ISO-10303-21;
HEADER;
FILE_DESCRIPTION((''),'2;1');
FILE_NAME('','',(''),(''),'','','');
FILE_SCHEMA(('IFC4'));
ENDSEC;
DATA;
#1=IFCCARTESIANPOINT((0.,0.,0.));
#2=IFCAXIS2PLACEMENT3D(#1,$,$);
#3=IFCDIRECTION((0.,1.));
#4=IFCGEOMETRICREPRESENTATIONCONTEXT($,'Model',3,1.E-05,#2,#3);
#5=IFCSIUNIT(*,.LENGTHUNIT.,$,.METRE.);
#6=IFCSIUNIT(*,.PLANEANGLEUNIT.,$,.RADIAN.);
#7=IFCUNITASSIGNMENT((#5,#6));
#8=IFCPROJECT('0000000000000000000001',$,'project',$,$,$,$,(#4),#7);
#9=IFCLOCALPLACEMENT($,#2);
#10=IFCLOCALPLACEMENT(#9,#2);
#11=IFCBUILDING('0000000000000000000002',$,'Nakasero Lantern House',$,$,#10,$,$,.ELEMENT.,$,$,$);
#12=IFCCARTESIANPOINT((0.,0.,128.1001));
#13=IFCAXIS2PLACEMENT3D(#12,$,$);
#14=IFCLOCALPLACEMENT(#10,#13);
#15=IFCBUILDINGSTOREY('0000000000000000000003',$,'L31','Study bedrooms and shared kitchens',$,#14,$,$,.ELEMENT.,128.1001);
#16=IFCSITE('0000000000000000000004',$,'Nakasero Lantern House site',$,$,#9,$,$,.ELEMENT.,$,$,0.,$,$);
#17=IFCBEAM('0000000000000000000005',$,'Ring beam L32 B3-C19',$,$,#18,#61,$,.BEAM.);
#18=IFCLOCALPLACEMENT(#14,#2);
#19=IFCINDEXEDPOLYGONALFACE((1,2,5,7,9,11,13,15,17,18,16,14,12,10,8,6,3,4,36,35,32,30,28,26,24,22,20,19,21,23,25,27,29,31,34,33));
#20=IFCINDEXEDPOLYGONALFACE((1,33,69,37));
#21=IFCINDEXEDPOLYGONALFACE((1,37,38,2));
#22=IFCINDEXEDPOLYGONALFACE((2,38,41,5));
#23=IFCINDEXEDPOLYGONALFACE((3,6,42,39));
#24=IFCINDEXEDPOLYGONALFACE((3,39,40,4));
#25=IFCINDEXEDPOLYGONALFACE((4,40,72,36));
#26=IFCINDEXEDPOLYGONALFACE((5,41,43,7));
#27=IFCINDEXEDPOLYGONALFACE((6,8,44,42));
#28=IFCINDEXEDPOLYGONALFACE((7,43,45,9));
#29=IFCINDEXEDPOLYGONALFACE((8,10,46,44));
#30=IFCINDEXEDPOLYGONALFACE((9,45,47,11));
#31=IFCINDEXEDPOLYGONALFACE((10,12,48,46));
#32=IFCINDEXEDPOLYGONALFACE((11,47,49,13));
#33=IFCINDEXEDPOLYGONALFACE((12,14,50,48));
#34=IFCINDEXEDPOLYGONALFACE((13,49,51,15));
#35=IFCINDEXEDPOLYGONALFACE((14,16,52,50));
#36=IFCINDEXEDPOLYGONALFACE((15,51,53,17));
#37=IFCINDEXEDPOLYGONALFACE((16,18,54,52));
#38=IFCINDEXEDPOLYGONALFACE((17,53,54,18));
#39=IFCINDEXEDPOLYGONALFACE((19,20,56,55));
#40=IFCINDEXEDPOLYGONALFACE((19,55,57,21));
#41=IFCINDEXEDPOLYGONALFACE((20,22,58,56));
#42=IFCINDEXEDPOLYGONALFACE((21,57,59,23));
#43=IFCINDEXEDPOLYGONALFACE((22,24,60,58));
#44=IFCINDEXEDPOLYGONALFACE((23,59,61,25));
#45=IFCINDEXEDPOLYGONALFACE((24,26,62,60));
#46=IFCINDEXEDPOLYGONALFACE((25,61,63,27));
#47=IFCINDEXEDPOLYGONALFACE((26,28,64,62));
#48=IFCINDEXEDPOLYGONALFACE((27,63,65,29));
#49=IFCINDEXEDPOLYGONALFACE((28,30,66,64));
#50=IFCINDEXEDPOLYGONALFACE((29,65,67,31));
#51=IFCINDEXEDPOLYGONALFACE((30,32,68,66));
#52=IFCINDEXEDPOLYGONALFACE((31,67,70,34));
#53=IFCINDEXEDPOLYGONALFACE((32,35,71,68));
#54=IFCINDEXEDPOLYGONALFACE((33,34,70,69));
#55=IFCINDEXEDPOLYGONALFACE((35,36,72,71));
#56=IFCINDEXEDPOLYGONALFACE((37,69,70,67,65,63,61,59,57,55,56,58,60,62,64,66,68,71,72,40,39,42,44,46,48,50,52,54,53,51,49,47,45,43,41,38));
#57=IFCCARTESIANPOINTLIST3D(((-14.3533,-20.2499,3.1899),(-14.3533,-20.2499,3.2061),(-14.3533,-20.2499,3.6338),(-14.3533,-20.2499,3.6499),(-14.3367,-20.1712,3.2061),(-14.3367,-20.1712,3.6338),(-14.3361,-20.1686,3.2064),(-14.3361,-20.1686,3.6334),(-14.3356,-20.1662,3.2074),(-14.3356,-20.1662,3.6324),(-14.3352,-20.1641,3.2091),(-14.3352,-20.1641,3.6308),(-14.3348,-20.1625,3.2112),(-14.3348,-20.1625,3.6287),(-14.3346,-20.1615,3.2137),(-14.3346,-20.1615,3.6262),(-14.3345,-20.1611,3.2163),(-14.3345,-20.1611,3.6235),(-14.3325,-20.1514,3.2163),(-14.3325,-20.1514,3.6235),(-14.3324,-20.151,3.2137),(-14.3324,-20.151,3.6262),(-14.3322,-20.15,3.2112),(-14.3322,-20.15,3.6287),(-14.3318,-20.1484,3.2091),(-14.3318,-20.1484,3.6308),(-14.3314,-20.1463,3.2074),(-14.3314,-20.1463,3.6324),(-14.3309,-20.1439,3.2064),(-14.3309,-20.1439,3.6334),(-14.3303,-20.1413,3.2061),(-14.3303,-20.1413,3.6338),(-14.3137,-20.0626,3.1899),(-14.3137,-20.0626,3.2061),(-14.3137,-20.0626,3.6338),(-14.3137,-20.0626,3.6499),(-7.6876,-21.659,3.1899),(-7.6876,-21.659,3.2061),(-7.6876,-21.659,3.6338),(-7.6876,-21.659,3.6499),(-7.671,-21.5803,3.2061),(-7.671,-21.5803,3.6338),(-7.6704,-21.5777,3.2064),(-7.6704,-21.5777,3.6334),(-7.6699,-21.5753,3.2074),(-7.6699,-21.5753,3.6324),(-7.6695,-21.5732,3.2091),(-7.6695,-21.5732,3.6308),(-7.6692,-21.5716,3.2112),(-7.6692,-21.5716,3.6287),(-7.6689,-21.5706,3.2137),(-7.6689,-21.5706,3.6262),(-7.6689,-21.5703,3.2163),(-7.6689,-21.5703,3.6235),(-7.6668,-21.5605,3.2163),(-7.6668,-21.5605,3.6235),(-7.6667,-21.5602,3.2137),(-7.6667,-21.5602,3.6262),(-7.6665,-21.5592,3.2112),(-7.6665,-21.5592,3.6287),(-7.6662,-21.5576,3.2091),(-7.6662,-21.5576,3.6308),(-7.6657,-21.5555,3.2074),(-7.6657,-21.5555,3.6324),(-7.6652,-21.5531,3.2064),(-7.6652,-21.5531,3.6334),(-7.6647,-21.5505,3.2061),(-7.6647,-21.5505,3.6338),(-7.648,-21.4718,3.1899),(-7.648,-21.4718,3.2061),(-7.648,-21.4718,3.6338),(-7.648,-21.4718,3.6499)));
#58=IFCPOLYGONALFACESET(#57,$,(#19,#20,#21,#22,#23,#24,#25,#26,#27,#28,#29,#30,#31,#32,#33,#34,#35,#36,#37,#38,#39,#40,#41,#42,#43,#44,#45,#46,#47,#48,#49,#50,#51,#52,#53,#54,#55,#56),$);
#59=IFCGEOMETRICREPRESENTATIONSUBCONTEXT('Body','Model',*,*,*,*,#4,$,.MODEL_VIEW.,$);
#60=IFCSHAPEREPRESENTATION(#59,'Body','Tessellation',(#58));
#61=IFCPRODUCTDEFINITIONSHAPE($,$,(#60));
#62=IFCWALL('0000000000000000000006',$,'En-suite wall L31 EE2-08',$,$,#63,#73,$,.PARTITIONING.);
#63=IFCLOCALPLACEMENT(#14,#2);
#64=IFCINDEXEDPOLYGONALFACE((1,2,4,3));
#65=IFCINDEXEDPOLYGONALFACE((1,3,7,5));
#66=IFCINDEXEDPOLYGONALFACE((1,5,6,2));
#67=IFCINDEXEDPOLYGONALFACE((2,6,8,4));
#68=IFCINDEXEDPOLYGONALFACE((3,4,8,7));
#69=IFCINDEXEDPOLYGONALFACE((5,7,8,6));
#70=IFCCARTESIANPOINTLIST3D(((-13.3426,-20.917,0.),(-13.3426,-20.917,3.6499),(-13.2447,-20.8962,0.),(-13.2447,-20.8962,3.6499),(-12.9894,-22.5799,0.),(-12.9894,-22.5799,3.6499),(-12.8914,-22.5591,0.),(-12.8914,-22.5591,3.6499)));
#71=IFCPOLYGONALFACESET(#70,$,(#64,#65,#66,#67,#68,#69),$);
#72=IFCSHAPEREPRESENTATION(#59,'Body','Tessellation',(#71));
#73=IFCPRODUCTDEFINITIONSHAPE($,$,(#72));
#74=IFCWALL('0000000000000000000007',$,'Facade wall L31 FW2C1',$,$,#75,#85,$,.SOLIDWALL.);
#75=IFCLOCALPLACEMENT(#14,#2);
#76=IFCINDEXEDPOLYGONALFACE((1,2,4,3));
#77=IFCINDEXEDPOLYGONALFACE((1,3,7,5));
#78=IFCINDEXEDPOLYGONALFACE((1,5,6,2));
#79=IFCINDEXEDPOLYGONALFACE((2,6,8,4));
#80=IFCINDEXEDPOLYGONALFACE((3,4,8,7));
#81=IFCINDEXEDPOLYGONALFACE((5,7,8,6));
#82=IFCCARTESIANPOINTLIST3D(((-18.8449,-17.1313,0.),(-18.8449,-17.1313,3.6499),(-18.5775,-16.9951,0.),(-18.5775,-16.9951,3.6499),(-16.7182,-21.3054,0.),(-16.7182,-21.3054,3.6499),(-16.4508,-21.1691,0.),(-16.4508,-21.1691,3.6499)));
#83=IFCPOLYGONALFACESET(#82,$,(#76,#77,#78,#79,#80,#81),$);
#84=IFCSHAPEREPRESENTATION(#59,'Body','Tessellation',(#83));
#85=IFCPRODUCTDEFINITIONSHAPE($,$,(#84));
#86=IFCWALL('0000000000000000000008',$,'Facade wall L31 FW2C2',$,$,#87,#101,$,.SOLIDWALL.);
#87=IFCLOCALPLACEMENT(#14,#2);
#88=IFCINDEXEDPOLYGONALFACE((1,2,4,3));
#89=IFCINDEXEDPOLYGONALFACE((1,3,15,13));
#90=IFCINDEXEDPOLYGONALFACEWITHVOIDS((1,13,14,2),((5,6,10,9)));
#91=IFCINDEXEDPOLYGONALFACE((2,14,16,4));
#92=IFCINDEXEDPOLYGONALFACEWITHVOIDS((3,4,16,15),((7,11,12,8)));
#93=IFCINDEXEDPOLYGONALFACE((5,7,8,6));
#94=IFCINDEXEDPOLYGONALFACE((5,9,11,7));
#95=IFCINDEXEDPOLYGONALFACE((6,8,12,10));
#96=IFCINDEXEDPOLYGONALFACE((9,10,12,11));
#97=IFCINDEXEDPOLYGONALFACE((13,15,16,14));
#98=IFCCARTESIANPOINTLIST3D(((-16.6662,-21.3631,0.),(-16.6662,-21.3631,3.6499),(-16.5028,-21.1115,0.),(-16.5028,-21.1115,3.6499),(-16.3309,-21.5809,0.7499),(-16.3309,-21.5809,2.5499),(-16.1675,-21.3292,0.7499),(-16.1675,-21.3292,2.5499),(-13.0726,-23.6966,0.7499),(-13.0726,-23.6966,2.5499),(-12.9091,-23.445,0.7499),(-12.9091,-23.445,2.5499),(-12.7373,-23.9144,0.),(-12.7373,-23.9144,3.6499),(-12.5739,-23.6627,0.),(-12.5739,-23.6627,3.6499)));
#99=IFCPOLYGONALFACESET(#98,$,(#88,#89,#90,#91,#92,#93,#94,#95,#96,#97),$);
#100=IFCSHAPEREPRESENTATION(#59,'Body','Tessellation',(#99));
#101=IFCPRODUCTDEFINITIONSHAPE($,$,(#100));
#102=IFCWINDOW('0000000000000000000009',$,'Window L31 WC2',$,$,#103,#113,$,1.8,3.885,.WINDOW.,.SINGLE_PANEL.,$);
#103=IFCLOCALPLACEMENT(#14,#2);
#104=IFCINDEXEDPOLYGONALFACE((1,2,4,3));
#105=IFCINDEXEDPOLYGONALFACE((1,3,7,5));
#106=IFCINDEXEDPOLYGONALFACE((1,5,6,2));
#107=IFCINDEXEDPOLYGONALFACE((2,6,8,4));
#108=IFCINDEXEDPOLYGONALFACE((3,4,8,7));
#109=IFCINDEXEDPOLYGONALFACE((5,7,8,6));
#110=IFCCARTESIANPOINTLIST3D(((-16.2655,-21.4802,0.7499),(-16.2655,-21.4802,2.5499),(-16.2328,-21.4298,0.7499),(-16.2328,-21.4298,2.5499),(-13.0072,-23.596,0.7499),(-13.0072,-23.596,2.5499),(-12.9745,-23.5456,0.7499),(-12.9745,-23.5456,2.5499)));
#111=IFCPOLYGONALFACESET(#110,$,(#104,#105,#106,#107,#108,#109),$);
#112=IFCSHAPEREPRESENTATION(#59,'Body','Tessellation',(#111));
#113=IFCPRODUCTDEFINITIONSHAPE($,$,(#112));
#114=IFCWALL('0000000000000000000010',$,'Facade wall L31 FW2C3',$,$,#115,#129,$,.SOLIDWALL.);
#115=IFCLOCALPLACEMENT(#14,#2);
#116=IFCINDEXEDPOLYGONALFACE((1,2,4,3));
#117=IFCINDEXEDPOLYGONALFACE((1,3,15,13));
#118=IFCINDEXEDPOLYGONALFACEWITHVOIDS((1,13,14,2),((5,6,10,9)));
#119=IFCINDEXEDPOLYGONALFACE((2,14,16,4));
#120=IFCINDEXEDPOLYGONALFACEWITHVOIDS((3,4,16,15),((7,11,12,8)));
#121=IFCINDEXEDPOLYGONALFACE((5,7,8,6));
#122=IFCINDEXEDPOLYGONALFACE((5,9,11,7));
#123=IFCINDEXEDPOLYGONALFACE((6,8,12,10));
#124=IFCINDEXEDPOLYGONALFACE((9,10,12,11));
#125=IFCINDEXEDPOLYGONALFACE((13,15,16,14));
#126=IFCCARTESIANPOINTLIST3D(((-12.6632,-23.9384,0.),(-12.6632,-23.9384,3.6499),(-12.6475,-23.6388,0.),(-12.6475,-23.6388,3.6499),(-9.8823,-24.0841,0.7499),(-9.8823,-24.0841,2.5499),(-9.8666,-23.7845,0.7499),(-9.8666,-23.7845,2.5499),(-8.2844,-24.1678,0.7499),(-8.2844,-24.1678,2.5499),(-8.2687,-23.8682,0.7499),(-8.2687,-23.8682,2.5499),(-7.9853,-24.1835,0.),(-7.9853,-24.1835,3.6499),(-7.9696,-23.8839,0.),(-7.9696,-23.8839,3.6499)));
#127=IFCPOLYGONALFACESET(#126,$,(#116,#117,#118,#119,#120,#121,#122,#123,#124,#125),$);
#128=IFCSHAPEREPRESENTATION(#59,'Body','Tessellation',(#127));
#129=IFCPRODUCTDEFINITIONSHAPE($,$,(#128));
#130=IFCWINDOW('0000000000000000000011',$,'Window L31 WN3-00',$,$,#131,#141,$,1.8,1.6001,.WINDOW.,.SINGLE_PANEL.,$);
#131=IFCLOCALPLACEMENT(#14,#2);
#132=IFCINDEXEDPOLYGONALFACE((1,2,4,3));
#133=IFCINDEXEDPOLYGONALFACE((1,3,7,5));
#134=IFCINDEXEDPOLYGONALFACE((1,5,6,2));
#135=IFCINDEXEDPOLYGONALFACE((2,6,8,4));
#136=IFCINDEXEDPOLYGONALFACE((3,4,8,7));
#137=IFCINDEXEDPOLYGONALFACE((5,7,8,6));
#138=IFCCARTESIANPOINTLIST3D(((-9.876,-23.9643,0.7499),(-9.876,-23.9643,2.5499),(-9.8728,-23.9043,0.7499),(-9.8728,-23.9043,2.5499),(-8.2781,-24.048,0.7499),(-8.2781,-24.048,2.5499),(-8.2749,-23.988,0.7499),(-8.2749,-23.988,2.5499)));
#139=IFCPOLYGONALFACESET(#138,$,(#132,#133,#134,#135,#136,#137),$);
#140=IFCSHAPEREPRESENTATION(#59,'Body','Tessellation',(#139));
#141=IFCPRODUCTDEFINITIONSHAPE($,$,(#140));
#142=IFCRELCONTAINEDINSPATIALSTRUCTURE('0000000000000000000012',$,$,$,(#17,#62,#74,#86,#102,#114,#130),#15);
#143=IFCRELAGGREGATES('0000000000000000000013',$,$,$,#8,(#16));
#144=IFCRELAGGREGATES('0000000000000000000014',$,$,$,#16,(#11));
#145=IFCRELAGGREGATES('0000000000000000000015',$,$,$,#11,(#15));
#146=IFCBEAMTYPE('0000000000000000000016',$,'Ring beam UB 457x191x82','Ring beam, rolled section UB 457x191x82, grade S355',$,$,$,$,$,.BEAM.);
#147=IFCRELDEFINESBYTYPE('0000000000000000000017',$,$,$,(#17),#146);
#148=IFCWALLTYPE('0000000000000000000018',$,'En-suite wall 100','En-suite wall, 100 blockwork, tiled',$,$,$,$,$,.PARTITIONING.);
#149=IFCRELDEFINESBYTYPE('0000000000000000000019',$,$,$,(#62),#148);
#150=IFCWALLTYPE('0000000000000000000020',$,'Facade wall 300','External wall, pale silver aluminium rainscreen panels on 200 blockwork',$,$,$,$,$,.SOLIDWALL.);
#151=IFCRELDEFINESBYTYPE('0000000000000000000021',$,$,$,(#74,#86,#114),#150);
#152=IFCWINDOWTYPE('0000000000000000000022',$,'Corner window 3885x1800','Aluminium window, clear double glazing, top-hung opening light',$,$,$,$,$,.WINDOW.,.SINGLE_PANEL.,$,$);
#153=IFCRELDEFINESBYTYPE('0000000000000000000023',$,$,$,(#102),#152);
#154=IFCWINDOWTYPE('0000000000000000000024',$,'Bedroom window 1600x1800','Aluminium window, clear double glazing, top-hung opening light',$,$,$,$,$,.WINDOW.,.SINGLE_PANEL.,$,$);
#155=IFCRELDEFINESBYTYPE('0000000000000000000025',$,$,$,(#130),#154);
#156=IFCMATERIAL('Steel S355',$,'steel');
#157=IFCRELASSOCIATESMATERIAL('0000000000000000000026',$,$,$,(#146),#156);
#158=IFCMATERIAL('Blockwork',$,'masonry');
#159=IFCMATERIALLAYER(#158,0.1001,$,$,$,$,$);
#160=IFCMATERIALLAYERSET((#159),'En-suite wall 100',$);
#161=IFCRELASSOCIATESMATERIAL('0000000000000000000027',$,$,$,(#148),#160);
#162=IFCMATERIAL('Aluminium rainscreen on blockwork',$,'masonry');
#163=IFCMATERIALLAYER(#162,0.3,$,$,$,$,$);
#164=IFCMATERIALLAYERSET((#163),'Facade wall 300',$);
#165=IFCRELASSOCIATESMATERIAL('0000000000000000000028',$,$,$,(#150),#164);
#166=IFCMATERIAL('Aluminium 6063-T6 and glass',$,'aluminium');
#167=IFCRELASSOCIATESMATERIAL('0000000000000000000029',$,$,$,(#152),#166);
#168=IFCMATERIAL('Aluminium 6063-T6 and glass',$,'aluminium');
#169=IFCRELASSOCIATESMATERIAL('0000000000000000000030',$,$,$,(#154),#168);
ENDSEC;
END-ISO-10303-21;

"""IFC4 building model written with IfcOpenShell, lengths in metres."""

from ifc_helpers import new_model, si_unit, direction, frame, frame_2d, origin, origin_2d, place, context, subcontext, project, spatial, rectangle, i_section, extrude, material, layer, layer_set, material_profile, profile_set, type_object, element, fill, save


model = new_model("IFC4")

# Units and contexts
model_context = context("Model", 3, precision=1e-05, world=origin(), true_north=direction((0.0, 1.0)))
body_context = subcontext(model_context, "Body", "Model", "MODEL_VIEW")
ifc_project = project(units=[si_unit("LENGTHUNIT", "METRE"), si_unit("PLANEANGLEUNIT", "RADIAN")], contexts=[model_context])

# Site, building, storey
site_placement = place(None, origin())
site = spatial("IfcSite", under=ifc_project, at=site_placement, Name="Nakasero Lantern House site", CompositionType="ELEMENT", RefElevation=0.0)
building_placement = place(site_placement, origin())
building = spatial("IfcBuilding", under=site, at=building_placement, Name="Nakasero Lantern House", CompositionType="ELEMENT")
storey_placement = place(building_placement, frame((0.0, 0.0, 128.1001)))
storey = spatial("IfcBuildingStorey", under=building, at=storey_placement, Name="L31", Description="Study bedrooms and shared kitchens", CompositionType="ELEMENT", Elevation=128.1001)

# Beam
ifc_material_1 = material(Name="Steel S355", Category="steel")
ifc_material_profile_1 = material_profile(ifc_material_1, i_section(OverallWidth=0.1914, OverallDepth=0.46, WebThickness=0.01, FlangeThickness=0.0161, FilletRadius=0.0103, at=origin_2d()), Name="UB 457x191x82")
ifc_profile_set_1 = profile_set([ifc_material_profile_1], Name="Steel S355")
beam_type_1 = type_object("IfcBeamType", Name="Ring beam UB 457x191x82", Description="Ring beam, rolled section UB 457x191x82, grade S355", PredefinedType="BEAM", material=ifc_profile_set_1)
beam_1_placement = place(storey_placement, frame((-14.3335, -20.1562, 3.4199), z_axis=(0.978376, -0.206834, 0.0), x_axis=(0.206834, 0.978376, 0.0)))
element("IfcBeam", 1, at=beam_1_placement, inside=storey, type_object=beam_type_1, Name="Ring beam L32 B3-C19", PredefinedType="BEAM", context=body_context, shape_type="SweptSolid", body=[
    extrude(i_section(OverallWidth=0.1914, OverallDepth=0.46, WebThickness=0.01, FlangeThickness=0.0161, FilletRadius=0.0103, at=origin_2d()), origin(), (0.0, 0.0, 1.0), 6.813),
])

# Walls
ifc_material_2 = material(Name="Blockwork", Category="masonry")
ifc_layer_1 = layer(ifc_material_2, 0.1001)
ifc_layer_set_1 = layer_set([ifc_layer_1], Name="En-suite wall 100")
wall_type_1 = type_object("IfcWallType", Name="En-suite wall 100", Description="En-suite wall, 100 blockwork, tiled", PredefinedType="PARTITIONING", material=ifc_layer_set_1)
wall_1_placement = place(storey_placement, frame((-13.2937, -20.9065, 0.0), z_axis=(0.0, 0.0, 1.0), x_axis=(0.207812, -0.978169, 0.0)))
element("IfcWall", 2, at=wall_1_placement, inside=storey, type_object=wall_type_1, Name="En-suite wall L31 EE2-08", PredefinedType="PARTITIONING", context=body_context, shape_type="SweptSolid", body=[
    extrude(rectangle(XDim=1.7, YDim=0.1001, at=frame_2d((0.8501, 0.0))), origin(), (0.0, 0.0, 1.0), 3.6499),
])
ifc_material_3 = material(Name="Aluminium rainscreen on blockwork", Category="masonry")
ifc_layer_2 = layer(ifc_material_3, 0.3)
ifc_layer_set_2 = layer_set([ifc_layer_2], Name="Facade wall 300")
wall_type_2 = type_object("IfcWallType", Name="Facade wall 300", Description="External wall, pale silver aluminium rainscreen panels on 200 blockwork", PredefinedType="SOLIDWALL", material=ifc_layer_set_2)
wall_2_placement = place(storey_placement, frame((-18.7112, -17.0632, 0.0), z_axis=(0.0, 0.0, 1.0), x_axis=(0.453976, -0.891014, 0.0)))
element("IfcWall", 3, at=wall_2_placement, inside=storey, type_object=wall_type_2, Name="Facade wall L31 FW2C1", PredefinedType="SOLIDWALL", context=body_context, shape_type="SweptSolid", body=[
    extrude(rectangle(XDim=4.6846, YDim=0.3, at=frame_2d((2.3423, 0.0))), origin(), (0.0, 0.0, 1.0), 3.6499),
])

# Walls, openings, windows
wall_3_placement = place(storey_placement, frame((-16.5845, -21.2373, 0.0), z_axis=(0.0, 0.0, 1.0), x_axis=(0.838692, -0.544605, 0.0)))
wall_3 = element("IfcWall", 4, at=wall_3_placement, inside=storey, type_object=wall_type_2, Name="Facade wall L31 FW2C2", PredefinedType="SOLIDWALL", context=body_context, shape_type="SweptSolid", body=[
    extrude(rectangle(XDim=4.6846, YDim=0.3, at=frame_2d((2.3423, 0.0))), origin(), (0.0, 0.0, 1.0), 3.6499),
])
opening_1_placement = place(wall_3_placement, frame((0.3999, 0.0, 0.75)))
opening_1 = element("IfcOpeningElement", 5, at=opening_1_placement, cuts=wall_3, PredefinedType="OPENING", context=body_context, shape_type="SweptSolid", body=[
    extrude(rectangle(XDim=3.885, YDim=1.8, at=frame_2d((1.9424, 0.8999))), frame((0.0, 0.1699, 0.0), z_axis=(0.0, -1.0, 0.0), x_axis=(1.0, 0.0, 0.0)), (0.0, 0.0, 1.0), 0.3401),
])
ifc_material_4 = material(Name="Aluminium 6063-T6 and glass", Category="aluminium")
window_type_1 = type_object("IfcWindowType", Name="Corner window 3885x1800", Description="Aluminium window, clear double glazing, top-hung opening light", PartitioningType="SINGLE_PANEL", PredefinedType="WINDOW", material=ifc_material_4)
window_1_placement = place(opening_1_placement, origin())
window_1 = element("IfcWindow", 6, at=window_1_placement, inside=storey, type_object=window_type_1, Name="Window L31 WC2", OverallHeight=1.8, OverallWidth=3.885, PartitioningType="SINGLE_PANEL", PredefinedType="WINDOW", context=body_context, shape_type="SweptSolid", body=[
    extrude(rectangle(XDim=3.885, YDim=1.8, at=frame_2d((1.9424, 0.8999))), frame((0.0, 0.03, 0.0), z_axis=(0.0, -1.0, 0.0), x_axis=(1.0, 0.0, 0.0)), (0.0, 0.0, 1.0), 0.0601),
])
fill(opening_1, window_1)
wall_4_placement = place(storey_placement, frame((-12.6555, -23.7886, 0.0), z_axis=(0.0, 0.0, 1.0), x_axis=(0.99863, -0.052326, 0.0)))
wall_4 = element("IfcWall", 7, at=wall_4_placement, inside=storey, type_object=wall_type_2, Name="Facade wall L31 FW2C3", PredefinedType="SOLIDWALL", context=body_context, shape_type="SweptSolid", body=[
    extrude(rectangle(XDim=4.6843, YDim=0.3, at=frame_2d((2.3423, 0.0))), origin(), (0.0, 0.0, 1.0), 3.6499),
])
opening_2_placement = place(wall_4_placement, frame((2.7849, 0.0, 0.75)))
opening_2 = element("IfcOpeningElement", 8, at=opening_2_placement, cuts=wall_4, PredefinedType="OPENING", context=body_context, shape_type="SweptSolid", body=[
    extrude(rectangle(XDim=1.6001, YDim=1.8, at=frame_2d((0.8, 0.8999))), frame((0.0, 0.1699, 0.0), z_axis=(0.0, -1.0, 0.0), x_axis=(1.0, 0.0, 0.0)), (0.0, 0.0, 1.0), 0.3401),
])
ifc_material_5 = material(Name="Aluminium 6063-T6 and glass", Category="aluminium")
window_type_2 = type_object("IfcWindowType", Name="Bedroom window 1600x1800", Description="Aluminium window, clear double glazing, top-hung opening light", PartitioningType="SINGLE_PANEL", PredefinedType="WINDOW", material=ifc_material_5)
window_2_placement = place(opening_2_placement, origin())
window_2 = element("IfcWindow", 9, at=window_2_placement, inside=storey, type_object=window_type_2, Name="Window L31 WN3-00", OverallHeight=1.8, OverallWidth=1.6001, PartitioningType="SINGLE_PANEL", PredefinedType="WINDOW", context=body_context, shape_type="SweptSolid", body=[
    extrude(rectangle(XDim=1.6001, YDim=1.8, at=frame_2d((0.8, 0.8999))), frame((0.0, 0.03, 0.0), z_axis=(0.0, -1.0, 0.0), x_axis=(1.0, 0.0, 0.0)), (0.0, 0.0, 1.0), 0.0601),
])
fill(opening_2, window_2)

save(model, "model.ifc")
